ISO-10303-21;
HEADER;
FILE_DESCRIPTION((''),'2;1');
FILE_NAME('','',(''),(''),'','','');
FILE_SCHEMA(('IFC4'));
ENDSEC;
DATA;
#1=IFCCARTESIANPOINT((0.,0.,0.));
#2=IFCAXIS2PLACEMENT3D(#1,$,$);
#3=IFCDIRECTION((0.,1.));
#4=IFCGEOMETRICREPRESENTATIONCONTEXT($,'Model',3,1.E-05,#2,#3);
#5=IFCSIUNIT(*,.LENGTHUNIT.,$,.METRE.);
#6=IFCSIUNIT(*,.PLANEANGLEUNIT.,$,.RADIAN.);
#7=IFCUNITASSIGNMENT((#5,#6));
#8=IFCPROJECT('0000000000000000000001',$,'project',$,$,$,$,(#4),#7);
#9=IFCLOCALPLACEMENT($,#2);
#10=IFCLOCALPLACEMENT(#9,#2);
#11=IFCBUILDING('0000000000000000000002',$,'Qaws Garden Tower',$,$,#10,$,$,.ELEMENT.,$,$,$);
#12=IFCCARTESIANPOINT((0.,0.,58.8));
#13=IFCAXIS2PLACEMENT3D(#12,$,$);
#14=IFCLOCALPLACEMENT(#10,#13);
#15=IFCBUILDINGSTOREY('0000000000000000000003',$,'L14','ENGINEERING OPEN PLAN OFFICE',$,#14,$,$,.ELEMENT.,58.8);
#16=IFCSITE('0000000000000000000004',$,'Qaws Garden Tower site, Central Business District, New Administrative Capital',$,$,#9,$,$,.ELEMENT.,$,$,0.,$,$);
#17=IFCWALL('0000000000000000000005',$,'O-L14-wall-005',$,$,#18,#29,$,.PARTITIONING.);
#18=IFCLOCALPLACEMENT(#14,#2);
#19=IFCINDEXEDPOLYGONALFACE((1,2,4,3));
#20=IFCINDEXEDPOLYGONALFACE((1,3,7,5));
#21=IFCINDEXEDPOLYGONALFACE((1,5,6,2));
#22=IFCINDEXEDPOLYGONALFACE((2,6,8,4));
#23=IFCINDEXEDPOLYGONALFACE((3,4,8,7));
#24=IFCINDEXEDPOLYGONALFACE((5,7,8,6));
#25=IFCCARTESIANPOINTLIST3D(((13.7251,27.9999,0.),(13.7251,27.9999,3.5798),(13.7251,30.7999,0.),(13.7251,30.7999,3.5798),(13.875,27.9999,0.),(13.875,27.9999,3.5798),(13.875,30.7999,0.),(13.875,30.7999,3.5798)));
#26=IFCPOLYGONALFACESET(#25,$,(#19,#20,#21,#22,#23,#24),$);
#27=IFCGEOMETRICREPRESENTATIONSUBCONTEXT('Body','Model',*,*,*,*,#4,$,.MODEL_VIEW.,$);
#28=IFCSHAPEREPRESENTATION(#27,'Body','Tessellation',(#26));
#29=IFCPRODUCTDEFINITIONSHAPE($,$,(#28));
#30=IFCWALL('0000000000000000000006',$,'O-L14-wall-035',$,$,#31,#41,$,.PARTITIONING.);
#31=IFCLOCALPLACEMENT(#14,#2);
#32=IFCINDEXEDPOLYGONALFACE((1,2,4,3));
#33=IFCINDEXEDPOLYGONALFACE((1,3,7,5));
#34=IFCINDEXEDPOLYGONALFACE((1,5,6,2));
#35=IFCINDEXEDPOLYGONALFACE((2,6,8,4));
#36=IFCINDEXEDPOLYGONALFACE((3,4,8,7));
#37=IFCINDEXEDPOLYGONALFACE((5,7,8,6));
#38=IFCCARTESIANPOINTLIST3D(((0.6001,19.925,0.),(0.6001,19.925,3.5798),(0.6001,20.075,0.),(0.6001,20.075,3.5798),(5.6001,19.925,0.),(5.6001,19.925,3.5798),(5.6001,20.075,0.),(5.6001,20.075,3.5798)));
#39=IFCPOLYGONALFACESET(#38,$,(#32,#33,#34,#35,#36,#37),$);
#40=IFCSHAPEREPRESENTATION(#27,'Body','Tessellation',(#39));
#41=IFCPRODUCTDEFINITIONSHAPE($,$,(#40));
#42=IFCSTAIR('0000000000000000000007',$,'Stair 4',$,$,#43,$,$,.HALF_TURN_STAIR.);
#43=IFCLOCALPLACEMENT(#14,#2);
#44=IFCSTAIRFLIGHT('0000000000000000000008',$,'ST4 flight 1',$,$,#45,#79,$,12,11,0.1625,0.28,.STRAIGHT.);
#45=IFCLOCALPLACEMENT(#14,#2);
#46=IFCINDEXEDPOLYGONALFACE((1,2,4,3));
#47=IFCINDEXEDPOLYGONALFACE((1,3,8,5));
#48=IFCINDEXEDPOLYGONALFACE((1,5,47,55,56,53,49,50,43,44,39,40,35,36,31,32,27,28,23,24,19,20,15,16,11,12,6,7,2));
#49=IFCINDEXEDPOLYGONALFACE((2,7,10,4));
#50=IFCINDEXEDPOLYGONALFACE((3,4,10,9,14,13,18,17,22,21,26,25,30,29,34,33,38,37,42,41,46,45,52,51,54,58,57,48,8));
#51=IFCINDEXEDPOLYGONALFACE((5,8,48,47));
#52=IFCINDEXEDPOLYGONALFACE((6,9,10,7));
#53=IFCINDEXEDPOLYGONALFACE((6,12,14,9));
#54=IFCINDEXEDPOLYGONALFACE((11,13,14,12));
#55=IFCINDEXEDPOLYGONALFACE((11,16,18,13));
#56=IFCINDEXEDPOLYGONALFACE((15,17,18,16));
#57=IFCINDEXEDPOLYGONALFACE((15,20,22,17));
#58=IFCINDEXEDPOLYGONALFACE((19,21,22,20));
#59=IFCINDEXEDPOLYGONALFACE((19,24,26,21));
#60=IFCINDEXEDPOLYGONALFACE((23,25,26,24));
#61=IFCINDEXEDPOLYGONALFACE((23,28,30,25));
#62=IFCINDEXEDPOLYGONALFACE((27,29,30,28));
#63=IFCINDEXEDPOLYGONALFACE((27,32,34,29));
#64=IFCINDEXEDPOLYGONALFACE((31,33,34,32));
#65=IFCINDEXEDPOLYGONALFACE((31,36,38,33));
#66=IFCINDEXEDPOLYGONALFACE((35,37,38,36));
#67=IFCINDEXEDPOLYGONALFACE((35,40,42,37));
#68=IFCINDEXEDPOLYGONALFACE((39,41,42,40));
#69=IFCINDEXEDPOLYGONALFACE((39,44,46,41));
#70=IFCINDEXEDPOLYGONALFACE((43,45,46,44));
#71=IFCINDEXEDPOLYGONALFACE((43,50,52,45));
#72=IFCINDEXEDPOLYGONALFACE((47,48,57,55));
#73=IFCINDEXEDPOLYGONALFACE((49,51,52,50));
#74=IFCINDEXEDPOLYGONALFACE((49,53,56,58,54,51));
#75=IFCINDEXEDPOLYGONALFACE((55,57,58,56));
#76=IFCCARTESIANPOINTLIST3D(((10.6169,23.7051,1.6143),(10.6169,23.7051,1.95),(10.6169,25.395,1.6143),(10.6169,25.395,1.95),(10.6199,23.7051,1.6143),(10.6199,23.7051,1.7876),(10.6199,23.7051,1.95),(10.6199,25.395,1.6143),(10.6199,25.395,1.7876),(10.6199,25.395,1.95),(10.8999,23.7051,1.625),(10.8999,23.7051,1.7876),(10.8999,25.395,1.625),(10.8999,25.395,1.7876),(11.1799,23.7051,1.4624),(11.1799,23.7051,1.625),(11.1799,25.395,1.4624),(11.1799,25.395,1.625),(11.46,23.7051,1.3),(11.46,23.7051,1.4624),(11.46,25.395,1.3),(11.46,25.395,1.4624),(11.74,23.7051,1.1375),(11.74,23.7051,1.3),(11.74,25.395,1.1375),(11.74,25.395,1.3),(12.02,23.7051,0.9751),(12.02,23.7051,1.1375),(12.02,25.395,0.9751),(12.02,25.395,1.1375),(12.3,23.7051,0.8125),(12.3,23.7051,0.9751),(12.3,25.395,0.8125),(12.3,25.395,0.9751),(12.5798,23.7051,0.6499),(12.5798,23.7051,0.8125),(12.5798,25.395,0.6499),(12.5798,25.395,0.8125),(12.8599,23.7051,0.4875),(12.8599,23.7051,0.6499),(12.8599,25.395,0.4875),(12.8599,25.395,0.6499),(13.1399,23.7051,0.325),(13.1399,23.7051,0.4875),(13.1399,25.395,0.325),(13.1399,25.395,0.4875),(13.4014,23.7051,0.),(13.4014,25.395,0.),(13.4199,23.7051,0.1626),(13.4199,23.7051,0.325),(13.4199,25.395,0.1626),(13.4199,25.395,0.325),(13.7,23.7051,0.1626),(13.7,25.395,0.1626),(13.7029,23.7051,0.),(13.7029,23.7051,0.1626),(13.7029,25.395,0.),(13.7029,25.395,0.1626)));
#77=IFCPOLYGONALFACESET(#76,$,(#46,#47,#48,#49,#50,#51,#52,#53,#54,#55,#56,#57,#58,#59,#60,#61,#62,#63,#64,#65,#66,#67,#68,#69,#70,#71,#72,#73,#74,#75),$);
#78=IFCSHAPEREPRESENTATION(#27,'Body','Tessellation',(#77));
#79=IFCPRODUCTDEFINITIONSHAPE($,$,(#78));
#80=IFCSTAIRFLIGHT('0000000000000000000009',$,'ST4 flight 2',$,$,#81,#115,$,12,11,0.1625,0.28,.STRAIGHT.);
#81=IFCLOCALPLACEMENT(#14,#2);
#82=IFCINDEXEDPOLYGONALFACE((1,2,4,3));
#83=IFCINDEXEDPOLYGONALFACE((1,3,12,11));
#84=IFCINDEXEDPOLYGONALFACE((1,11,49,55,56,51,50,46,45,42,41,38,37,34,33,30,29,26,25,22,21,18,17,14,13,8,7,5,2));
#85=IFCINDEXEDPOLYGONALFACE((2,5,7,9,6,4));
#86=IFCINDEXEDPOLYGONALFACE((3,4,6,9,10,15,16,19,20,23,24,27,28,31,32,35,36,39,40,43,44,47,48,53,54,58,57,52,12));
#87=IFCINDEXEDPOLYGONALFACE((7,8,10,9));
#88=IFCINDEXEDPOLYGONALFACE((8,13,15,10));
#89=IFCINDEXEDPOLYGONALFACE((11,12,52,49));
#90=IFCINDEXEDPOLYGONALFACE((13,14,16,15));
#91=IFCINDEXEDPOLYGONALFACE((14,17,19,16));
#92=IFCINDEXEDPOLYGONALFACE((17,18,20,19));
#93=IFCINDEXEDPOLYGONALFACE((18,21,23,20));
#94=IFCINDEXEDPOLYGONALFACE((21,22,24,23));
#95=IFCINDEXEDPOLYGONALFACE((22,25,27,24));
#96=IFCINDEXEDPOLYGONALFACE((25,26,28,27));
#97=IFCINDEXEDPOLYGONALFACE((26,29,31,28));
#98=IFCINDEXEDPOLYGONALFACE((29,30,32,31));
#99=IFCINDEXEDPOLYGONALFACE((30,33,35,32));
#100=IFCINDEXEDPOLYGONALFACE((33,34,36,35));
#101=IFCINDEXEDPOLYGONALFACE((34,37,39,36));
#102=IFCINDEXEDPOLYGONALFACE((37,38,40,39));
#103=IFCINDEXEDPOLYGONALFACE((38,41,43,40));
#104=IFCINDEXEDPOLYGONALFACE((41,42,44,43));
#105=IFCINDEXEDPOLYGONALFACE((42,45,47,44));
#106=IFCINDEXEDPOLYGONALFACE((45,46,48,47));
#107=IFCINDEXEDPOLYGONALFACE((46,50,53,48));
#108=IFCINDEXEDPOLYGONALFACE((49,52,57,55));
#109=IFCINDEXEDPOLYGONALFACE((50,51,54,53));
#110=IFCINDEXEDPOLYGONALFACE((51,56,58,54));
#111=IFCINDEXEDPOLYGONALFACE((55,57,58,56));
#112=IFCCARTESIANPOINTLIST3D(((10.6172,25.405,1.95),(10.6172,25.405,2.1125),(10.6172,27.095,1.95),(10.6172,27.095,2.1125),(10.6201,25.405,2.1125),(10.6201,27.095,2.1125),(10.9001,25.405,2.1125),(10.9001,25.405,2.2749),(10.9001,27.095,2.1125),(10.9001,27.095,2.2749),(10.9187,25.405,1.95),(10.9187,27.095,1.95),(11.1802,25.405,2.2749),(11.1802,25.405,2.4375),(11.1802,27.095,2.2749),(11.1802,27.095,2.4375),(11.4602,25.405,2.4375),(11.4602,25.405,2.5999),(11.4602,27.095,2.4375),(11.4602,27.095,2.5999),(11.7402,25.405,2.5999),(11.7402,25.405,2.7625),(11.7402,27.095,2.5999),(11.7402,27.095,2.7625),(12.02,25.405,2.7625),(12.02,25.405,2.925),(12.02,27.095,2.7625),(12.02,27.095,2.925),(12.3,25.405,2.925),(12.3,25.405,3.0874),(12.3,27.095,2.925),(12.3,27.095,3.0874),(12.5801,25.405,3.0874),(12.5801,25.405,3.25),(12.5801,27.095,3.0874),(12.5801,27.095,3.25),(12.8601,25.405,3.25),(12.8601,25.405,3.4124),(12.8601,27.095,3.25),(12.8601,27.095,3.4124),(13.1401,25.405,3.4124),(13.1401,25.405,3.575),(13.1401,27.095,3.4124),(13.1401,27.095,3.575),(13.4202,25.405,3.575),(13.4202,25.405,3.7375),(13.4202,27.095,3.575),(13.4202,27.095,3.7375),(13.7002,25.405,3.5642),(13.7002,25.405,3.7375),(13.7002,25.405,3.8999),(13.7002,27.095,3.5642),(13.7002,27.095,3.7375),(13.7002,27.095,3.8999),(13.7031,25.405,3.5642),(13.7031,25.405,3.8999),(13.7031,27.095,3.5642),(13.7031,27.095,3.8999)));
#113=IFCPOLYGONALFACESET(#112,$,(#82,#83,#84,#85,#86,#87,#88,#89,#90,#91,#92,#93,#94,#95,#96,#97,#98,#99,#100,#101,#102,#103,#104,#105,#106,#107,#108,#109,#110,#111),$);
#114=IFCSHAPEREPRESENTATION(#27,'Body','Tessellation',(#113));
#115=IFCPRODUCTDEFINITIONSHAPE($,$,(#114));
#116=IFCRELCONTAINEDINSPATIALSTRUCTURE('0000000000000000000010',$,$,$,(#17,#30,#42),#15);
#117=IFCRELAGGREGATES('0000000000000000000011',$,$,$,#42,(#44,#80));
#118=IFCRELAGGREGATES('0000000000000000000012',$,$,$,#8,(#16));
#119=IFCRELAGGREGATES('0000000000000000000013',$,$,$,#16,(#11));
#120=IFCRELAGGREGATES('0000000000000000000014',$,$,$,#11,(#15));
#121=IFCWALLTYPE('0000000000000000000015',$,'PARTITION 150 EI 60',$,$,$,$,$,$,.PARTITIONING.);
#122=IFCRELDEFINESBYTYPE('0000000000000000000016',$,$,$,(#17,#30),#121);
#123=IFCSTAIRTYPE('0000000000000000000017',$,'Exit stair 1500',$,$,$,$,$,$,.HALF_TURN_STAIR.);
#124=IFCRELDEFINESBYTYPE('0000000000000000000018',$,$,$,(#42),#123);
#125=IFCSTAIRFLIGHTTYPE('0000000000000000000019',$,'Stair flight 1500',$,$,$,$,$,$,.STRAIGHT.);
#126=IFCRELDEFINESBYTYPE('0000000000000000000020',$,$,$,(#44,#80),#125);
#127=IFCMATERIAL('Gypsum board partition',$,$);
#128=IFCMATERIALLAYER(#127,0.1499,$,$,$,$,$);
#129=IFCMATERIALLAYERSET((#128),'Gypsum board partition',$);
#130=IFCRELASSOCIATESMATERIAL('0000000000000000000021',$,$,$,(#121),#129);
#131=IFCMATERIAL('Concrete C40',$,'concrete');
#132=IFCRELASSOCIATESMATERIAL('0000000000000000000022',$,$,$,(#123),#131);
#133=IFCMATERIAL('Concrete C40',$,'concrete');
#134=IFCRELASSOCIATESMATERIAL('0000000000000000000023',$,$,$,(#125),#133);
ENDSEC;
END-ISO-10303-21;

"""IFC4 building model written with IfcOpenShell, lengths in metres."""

from ifc_helpers import new_model, si_unit, direction, frame, frame_2d, origin, place, context, subcontext, project, spatial, polyline, rectangle, outline, extrude, material, layer, layer_set, type_object, element, aggregate, save


model = new_model("IFC4")

# Units and contexts
model_context = context("Model", 3, precision=1e-05, world=origin(), true_north=direction((0.0, 1.0)))
body_context = subcontext(model_context, "Body", "Model", "MODEL_VIEW")
ifc_project = project(units=[si_unit("LENGTHUNIT", "METRE"), si_unit("PLANEANGLEUNIT", "RADIAN")], contexts=[model_context])

# Site, building, storey
site_placement = place(None, origin())
site = spatial("IfcSite", under=ifc_project, at=site_placement, Name="Qaws Garden Tower site, Central Business District, New Administrative Capital", CompositionType="ELEMENT", RefElevation=0.0)
building_placement = place(site_placement, origin())
building = spatial("IfcBuilding", under=site, at=building_placement, Name="Qaws Garden Tower", CompositionType="ELEMENT")
storey_placement = place(building_placement, frame((0.0, 0.0, 58.8)))
storey = spatial("IfcBuildingStorey", under=building, at=storey_placement, Name="L14", Description="ENGINEERING OPEN PLAN OFFICE", CompositionType="ELEMENT", Elevation=58.8)

# Walls
ifc_material_1 = material(Name="Gypsum board partition")
ifc_layer_1 = layer(ifc_material_1, 0.1499)
ifc_layer_set_1 = layer_set([ifc_layer_1], Name="Gypsum board partition")
wall_type_1 = type_object("IfcWallType", Name="PARTITION 150 EI 60", PredefinedType="PARTITIONING", material=ifc_layer_set_1)
wall_1_placement = place(storey_placement, frame((13.8, 28.0, 0.0), z_axis=(0.0, 0.0, 1.0), x_axis=(0.0, 1.0, 0.0)))
element("IfcWall", 1, at=wall_1_placement, inside=storey, type_object=wall_type_1, Name="O-L14-wall-005", PredefinedType="PARTITIONING", context=body_context, shape_type="SweptSolid", body=[
    extrude(rectangle(XDim=2.8, YDim=0.1499, at=frame_2d((1.3999, 0.0))), origin(), (0.0, 0.0, 1.0), 3.5798),
])
wall_2_placement = place(storey_placement, frame((0.6001, 20.0, 0.0), z_axis=(0.0, 0.0, 1.0), x_axis=(1.0, 0.0, 0.0)))
element("IfcWall", 2, at=wall_2_placement, inside=storey, type_object=wall_type_1, Name="O-L14-wall-035", PredefinedType="PARTITIONING", context=body_context, shape_type="SweptSolid", body=[
    extrude(rectangle(XDim=5.0, YDim=0.1499, at=frame_2d((2.5, 0.0))), origin(), (0.0, 0.0, 1.0), 3.5798),
])

# Stair, stair flights
ifc_material_2 = material(Name="Concrete C40", Category="concrete")
stair_type = type_object("IfcStairType", Name="Exit stair 1500", PredefinedType="HALF_TURN_STAIR", material=ifc_material_2)
stair_placement = place(storey_placement, origin())
stair = element("IfcStair", 3, at=stair_placement, inside=storey, type_object=stair_type, Name="Stair 4", PredefinedType="HALF_TURN_STAIR")
ifc_material_3 = material(Name="Concrete C40", Category="concrete")
stair_flight_type = type_object("IfcStairFlightType", Name="Stair flight 1500", PredefinedType="STRAIGHT", material=ifc_material_3)
stair_flight_1_placement = place(storey_placement, frame((13.7, 24.55, 0.0), z_axis=(0.0, 0.0, 1.0), x_axis=(-1.0, 0.0, 0.0)))
stair_flight_1 = element("IfcStairFlight", 4, at=stair_flight_1_placement, type_object=stair_flight_type, Name="ST4 flight 1", NumberOfRisers=12, NumberOfTreads=11, PredefinedType="STRAIGHT", RiserHeight=0.1625, TreadLength=0.28, context=body_context, shape_type="SweptSolid", body=[
    extrude(outline(polyline([(-0.0029, 0.0), (-0.0029, 0.1626), (0.0, 0.1626), (0.28, 0.1626), (0.28, 0.325), (0.5601, 0.325), (0.5601, 0.4875), (0.8401, 0.4875), (0.8401, 0.6499), (1.1201, 0.6499), (1.1201, 0.8125), (1.3999, 0.8125), (1.3999, 0.9751), (1.6799, 0.9751), (1.6799, 1.1375), (1.96, 1.1375), (1.96, 1.3), (2.24, 1.3), (2.24, 1.4624), (2.52, 1.4624), (2.52, 1.625), (2.8, 1.625), (2.8, 1.7876), (3.0801, 1.7876), (3.0801, 1.95), (3.083, 1.95), (3.083, 1.6143), (3.0801, 1.6143), (0.2986, 0.0), (-0.0029, 0.0)])), frame((0.0, 0.845, 0.0), z_axis=(0.0, -1.0, 0.0), x_axis=(1.0, 0.0, 0.0)), (0.0, 0.0, 1.0), 1.6899),
])
stair_flight_2_placement = place(storey_placement, frame((10.6201, 26.25, 1.95), z_axis=(0.0, 0.0, 1.0), x_axis=(1.0, 0.0, 0.0)))
stair_flight_2 = element("IfcStairFlight", 5, at=stair_flight_2_placement, type_object=stair_flight_type, Name="ST4 flight 2", NumberOfRisers=12, NumberOfTreads=11, PredefinedType="STRAIGHT", RiserHeight=0.1625, TreadLength=0.28, context=body_context, shape_type="SweptSolid", body=[
    extrude(outline(polyline([(-0.0029, 0.0), (-0.0029, 0.1626), (0.0, 0.1626), (0.28, 0.1626), (0.28, 0.325), (0.5601, 0.325), (0.5601, 0.4875), (0.8401, 0.4875), (0.8401, 0.6499), (1.1201, 0.6499), (1.1201, 0.8125), (1.3999, 0.8125), (1.3999, 0.9751), (1.6799, 0.9751), (1.6799, 1.1375), (1.96, 1.1375), (1.96, 1.3), (2.24, 1.3), (2.24, 1.4624), (2.52, 1.4624), (2.52, 1.625), (2.8, 1.625), (2.8, 1.7876), (3.0801, 1.7876), (3.0801, 1.95), (3.083, 1.95), (3.083, 1.6143), (3.0801, 1.6143), (0.2986, 0.0), (-0.0029, 0.0)])), frame((0.0, 0.845, 0.0), z_axis=(0.0, -1.0, 0.0), x_axis=(1.0, 0.0, 0.0)), (0.0, 0.0, 1.0), 1.6899),
])
aggregate(stair, [stair_flight_1, stair_flight_2])

save(model, "model.ifc")
